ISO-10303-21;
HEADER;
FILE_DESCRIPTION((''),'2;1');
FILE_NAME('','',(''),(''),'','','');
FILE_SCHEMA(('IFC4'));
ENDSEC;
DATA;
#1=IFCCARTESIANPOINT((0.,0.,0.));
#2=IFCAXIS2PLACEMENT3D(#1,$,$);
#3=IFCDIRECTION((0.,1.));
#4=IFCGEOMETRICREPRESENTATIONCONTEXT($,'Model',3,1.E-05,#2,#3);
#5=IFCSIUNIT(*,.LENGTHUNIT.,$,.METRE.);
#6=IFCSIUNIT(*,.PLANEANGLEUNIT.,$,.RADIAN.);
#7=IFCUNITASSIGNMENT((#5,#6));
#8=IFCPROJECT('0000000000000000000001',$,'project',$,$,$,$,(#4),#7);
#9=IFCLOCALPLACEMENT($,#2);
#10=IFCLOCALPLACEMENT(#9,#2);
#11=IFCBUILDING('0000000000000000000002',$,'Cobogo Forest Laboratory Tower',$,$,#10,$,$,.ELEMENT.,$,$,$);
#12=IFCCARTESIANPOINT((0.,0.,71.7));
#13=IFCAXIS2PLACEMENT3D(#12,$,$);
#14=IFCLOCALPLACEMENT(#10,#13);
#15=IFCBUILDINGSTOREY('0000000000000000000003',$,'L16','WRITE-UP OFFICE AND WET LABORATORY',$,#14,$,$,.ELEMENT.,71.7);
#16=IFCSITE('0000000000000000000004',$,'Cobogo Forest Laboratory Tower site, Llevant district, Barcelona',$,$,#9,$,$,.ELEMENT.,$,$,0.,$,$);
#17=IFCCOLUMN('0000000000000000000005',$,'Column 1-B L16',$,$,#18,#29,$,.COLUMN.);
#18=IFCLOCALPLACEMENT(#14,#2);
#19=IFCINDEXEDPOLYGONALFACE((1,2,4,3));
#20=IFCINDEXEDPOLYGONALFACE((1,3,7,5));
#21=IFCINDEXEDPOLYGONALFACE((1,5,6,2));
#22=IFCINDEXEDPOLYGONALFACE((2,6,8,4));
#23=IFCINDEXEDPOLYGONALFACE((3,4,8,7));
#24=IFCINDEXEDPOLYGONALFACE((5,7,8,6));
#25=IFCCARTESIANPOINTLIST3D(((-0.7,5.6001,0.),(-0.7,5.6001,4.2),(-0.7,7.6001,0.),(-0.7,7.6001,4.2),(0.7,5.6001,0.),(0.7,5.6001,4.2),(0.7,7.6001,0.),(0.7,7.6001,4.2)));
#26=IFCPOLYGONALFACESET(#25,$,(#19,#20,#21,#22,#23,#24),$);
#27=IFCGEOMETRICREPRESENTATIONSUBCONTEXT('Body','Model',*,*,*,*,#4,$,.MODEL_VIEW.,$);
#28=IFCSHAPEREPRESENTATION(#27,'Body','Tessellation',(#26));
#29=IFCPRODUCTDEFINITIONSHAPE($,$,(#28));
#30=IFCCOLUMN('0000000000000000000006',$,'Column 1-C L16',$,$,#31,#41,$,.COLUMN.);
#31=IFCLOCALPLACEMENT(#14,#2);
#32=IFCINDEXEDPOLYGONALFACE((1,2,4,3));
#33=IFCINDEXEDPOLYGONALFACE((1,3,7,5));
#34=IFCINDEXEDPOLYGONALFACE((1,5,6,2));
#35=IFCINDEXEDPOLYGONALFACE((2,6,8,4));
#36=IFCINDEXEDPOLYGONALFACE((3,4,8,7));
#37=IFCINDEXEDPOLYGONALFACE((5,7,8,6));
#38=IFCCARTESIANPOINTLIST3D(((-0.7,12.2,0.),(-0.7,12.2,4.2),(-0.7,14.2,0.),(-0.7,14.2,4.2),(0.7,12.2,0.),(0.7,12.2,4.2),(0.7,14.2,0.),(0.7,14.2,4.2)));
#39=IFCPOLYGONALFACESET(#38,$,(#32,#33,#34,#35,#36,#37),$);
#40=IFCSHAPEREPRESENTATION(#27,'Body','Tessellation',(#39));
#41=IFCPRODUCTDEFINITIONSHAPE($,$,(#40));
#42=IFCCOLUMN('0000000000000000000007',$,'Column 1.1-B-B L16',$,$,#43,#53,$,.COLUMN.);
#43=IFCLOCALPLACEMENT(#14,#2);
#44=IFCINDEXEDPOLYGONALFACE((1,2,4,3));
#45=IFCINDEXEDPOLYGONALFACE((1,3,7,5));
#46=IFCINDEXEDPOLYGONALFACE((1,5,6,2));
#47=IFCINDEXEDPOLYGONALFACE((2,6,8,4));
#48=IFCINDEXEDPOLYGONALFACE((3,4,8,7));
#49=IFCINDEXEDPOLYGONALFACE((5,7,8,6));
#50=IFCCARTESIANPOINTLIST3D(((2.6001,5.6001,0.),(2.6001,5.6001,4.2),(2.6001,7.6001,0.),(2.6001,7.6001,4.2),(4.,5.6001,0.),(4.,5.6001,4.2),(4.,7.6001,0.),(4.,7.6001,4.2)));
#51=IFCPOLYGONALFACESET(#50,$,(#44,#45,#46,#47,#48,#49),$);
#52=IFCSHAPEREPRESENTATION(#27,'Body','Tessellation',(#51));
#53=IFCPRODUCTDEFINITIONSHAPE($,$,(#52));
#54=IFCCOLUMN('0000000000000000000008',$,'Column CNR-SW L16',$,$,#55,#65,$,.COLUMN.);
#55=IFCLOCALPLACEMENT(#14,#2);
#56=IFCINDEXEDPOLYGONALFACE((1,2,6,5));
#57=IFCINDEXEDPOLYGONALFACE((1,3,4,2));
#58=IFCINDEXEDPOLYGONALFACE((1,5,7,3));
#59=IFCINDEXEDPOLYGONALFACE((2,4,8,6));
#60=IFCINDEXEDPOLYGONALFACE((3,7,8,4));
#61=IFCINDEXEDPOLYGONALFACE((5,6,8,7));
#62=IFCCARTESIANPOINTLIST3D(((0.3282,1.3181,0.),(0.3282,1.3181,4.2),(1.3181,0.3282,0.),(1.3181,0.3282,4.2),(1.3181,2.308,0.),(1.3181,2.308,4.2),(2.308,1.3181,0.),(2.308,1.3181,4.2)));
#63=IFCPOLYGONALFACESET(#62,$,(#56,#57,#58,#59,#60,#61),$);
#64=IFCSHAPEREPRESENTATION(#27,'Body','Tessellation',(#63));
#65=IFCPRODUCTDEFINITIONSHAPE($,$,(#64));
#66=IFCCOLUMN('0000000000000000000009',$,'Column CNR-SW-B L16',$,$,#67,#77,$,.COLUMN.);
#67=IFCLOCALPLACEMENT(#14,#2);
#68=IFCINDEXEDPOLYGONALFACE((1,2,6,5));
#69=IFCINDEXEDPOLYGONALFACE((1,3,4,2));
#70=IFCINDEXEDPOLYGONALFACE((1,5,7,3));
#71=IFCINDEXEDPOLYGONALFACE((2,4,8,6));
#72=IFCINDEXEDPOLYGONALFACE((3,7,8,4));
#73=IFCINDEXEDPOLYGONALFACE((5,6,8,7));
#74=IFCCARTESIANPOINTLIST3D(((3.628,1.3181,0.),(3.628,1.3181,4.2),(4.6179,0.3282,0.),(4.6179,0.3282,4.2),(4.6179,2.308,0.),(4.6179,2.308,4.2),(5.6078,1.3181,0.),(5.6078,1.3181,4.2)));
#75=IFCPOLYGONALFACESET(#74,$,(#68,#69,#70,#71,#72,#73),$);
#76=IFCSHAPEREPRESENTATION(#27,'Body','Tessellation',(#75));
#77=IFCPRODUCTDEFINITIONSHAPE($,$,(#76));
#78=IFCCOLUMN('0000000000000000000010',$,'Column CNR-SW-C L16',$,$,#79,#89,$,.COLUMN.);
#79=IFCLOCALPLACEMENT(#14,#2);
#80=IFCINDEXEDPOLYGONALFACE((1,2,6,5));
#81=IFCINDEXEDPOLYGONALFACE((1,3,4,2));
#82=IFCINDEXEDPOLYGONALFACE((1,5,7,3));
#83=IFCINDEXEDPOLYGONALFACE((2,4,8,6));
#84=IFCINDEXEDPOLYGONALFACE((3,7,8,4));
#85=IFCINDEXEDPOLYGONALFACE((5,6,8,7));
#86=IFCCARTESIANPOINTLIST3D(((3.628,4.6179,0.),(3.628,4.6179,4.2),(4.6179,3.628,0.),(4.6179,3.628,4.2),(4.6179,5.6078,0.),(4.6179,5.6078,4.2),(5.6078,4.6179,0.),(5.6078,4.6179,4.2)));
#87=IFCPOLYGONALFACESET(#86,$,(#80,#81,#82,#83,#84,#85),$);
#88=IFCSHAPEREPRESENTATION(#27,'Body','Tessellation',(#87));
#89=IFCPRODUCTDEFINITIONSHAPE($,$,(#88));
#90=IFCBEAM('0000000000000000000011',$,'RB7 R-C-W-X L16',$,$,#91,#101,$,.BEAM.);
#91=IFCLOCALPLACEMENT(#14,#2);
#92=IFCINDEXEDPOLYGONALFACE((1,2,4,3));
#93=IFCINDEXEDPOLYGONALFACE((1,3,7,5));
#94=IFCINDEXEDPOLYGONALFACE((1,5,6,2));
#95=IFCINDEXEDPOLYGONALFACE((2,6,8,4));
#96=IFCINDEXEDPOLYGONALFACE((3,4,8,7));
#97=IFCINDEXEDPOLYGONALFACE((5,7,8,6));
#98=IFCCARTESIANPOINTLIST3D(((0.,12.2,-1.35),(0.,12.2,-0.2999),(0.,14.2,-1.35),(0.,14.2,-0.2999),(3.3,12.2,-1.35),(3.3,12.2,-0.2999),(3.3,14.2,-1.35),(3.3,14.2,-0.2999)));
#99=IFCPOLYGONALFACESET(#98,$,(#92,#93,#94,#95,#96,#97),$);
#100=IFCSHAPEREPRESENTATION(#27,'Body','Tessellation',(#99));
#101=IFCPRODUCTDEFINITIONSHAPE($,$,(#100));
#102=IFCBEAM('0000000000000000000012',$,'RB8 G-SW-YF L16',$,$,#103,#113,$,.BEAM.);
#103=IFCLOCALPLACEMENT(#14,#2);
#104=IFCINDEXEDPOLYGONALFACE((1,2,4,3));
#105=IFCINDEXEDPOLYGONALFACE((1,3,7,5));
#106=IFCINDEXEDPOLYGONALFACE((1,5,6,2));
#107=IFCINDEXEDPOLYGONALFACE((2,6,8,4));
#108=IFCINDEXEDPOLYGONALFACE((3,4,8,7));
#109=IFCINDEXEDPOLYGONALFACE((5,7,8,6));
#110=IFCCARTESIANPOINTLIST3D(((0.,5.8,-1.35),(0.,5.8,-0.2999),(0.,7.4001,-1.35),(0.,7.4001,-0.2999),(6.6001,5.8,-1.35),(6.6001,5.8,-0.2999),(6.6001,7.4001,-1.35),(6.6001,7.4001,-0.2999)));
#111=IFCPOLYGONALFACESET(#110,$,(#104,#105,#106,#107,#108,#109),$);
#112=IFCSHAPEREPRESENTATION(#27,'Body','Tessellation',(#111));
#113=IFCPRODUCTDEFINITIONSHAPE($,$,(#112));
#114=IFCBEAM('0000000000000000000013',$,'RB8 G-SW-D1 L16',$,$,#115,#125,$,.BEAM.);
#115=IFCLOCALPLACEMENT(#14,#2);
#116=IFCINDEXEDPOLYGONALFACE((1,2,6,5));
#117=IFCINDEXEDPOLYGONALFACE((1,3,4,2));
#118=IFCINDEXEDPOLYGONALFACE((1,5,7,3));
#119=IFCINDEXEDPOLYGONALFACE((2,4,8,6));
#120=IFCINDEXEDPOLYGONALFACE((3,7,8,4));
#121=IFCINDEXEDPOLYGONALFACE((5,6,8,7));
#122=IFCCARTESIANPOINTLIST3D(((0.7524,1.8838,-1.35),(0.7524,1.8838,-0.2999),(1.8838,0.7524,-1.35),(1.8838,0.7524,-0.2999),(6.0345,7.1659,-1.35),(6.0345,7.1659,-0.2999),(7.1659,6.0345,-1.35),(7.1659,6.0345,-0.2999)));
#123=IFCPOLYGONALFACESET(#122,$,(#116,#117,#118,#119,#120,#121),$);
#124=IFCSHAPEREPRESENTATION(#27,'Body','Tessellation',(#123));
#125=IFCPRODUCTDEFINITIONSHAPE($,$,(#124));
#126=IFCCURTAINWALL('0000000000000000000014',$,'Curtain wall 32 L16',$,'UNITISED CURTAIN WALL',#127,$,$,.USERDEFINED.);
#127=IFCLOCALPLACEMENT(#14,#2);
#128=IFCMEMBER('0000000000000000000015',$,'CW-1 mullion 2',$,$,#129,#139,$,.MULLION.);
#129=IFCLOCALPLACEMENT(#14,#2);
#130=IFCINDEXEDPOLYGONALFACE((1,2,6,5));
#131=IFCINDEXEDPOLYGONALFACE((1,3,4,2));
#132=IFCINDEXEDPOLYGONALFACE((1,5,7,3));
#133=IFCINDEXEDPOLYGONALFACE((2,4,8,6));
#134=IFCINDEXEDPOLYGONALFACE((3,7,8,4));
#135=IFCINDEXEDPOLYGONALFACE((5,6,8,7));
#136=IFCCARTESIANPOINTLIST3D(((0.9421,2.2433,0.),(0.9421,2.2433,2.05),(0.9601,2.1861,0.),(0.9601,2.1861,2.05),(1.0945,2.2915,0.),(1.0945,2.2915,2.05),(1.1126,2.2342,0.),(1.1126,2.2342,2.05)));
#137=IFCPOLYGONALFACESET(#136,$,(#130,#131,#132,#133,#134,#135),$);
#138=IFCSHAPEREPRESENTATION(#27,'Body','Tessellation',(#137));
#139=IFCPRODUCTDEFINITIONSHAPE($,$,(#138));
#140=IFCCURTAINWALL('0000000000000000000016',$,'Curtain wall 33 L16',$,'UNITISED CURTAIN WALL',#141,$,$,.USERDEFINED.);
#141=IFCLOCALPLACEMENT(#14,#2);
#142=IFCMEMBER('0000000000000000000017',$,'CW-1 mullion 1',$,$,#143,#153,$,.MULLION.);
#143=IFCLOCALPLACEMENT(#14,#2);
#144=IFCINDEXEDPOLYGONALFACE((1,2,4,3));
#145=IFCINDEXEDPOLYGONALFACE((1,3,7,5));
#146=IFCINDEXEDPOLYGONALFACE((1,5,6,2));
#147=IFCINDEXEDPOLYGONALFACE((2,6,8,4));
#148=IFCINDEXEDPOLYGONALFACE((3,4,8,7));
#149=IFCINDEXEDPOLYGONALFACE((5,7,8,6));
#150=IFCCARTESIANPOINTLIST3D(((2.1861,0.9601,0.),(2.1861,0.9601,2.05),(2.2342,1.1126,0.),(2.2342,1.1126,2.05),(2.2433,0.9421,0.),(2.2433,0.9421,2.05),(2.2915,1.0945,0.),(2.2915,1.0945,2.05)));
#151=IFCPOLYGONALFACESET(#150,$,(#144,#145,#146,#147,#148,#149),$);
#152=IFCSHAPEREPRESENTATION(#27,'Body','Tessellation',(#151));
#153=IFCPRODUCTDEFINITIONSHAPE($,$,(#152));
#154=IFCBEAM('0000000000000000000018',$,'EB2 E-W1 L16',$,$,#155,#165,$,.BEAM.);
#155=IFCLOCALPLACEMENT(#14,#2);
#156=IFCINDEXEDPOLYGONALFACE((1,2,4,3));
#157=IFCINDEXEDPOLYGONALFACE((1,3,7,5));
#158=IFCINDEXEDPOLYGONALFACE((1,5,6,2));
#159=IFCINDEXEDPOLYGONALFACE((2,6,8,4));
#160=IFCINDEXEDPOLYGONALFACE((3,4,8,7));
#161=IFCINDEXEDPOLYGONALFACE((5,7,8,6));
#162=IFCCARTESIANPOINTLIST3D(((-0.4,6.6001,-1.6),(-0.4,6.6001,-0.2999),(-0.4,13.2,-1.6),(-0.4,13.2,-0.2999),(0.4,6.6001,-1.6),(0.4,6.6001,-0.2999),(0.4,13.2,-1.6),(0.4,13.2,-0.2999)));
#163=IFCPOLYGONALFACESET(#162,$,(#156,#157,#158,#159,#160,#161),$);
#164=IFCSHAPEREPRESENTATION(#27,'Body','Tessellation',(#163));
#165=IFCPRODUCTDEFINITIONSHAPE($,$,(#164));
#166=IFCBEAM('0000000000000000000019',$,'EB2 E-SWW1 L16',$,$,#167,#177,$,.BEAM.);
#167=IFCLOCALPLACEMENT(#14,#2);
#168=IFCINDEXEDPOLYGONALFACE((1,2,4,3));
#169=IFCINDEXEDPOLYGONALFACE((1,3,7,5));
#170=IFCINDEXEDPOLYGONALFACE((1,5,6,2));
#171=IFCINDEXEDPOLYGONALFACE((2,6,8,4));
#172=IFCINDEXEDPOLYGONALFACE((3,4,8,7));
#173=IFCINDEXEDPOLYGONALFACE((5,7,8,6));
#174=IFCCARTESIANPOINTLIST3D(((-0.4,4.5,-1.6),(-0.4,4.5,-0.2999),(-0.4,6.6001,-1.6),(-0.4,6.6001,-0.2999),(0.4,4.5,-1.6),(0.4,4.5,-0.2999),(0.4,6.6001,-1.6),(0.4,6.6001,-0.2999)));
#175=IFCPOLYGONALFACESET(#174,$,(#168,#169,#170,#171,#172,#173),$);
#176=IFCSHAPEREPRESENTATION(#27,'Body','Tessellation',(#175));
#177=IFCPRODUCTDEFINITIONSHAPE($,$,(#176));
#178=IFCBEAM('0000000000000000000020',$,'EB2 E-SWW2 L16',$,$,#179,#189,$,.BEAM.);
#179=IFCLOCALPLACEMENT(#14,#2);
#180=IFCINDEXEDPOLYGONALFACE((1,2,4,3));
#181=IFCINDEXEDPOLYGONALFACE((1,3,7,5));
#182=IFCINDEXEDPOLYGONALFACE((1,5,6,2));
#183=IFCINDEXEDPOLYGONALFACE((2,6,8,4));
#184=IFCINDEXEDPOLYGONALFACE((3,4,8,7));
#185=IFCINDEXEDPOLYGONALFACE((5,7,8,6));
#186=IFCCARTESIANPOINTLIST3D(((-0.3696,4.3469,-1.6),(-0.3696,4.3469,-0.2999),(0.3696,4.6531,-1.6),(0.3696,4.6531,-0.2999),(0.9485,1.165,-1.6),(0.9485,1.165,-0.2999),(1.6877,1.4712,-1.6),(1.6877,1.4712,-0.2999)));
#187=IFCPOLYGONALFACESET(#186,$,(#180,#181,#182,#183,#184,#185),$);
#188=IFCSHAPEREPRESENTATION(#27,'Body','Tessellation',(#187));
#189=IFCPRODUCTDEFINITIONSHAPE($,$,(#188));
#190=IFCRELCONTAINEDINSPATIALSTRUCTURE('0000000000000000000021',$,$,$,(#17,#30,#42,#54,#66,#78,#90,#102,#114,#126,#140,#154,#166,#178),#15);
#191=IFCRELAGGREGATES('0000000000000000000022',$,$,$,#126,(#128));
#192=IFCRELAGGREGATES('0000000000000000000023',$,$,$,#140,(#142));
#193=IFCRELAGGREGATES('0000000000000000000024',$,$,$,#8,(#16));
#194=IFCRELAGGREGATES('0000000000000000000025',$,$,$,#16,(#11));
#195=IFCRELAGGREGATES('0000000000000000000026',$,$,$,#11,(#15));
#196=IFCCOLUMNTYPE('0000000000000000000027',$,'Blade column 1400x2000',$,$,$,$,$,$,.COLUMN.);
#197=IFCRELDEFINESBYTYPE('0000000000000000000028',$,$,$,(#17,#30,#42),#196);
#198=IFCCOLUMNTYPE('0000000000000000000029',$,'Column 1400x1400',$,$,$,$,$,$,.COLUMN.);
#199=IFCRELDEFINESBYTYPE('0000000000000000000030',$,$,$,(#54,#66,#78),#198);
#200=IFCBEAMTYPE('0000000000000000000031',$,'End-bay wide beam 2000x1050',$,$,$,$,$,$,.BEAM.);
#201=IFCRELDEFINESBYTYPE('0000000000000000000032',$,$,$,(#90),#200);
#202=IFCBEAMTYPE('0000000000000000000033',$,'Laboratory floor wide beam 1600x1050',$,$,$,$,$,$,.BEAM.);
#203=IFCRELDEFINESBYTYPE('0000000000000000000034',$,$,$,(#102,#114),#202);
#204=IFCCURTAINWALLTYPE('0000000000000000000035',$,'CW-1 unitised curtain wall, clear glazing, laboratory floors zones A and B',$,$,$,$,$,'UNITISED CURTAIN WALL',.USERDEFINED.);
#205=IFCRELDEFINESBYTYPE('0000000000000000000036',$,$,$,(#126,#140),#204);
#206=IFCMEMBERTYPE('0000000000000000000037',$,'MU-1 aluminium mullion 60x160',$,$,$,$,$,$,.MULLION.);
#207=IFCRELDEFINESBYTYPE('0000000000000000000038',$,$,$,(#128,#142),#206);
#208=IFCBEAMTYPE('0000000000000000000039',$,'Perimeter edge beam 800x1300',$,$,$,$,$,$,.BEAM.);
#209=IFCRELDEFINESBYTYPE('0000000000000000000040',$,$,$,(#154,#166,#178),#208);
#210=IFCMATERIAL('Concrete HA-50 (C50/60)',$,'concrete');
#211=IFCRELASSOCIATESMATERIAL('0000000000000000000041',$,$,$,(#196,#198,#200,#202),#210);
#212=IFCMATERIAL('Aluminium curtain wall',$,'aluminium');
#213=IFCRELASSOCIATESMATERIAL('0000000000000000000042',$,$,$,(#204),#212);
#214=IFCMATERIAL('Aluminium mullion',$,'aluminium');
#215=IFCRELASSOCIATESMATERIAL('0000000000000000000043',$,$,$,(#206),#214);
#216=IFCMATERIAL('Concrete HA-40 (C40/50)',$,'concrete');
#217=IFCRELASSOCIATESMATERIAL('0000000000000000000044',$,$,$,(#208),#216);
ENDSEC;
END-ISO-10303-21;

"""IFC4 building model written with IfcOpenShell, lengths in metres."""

from ifc_helpers import new_model, si_unit, direction, frame, origin, origin_2d, place, context, subcontext, project, spatial, rectangle, extrude, material, material_profile, profile_set, type_object, element, aggregate, save


model = new_model("IFC4")

# Units and contexts
model_context = context("Model", 3, precision=1e-05, world=origin(), true_north=direction((0.0, 1.0)))
body_context = subcontext(model_context, "Body", "Model", "MODEL_VIEW")
ifc_project = project(units=[si_unit("LENGTHUNIT", "METRE"), si_unit("PLANEANGLEUNIT", "RADIAN")], contexts=[model_context])

# Site, building, storey
site_placement = place(None, origin())
site = spatial("IfcSite", under=ifc_project, at=site_placement, Name="Cobogo Forest Laboratory Tower site, Llevant district, Barcelona", CompositionType="ELEMENT", RefElevation=0.0)
building_placement = place(site_placement, origin())
building = spatial("IfcBuilding", under=site, at=building_placement, Name="Cobogo Forest Laboratory Tower", CompositionType="ELEMENT")
storey_placement = place(building_placement, frame((0.0, 0.0, 71.7)))
storey = spatial("IfcBuildingStorey", under=building, at=storey_placement, Name="L16", Description="WRITE-UP OFFICE AND WET LABORATORY", CompositionType="ELEMENT", Elevation=71.7)

# Columns
ifc_material_1 = material(Name="Concrete HA-50 (C50/60)", Category="concrete")
ifc_material_profile_1 = material_profile(ifc_material_1, rectangle(XDim=2.0, YDim=1.3999, at=origin_2d()), Name="RC 1400x2000")
ifc_profile_set_1 = profile_set([ifc_material_profile_1], Name="Concrete HA-50 (C50/60)")
column_type_1 = type_object("IfcColumnType", Name="Blade column 1400x2000", PredefinedType="COLUMN", material=ifc_profile_set_1)
for number, where, z_axis, x_axis, name in (
    (1, (0.0, 6.6001, 0.0), (0.0, 0.0, 1.0), (0.0, 1.0, 0.0), "Column 1-B L16"),
    (2, (0.0, 13.2, 0.0), (0.0, 0.0, 1.0), (0.0, 1.0, 0.0), "Column 1-C L16"),
    (3, (3.3, 6.6001, 0.0), (0.0, 0.0, 1.0), (0.0, 1.0, 0.0), "Column 1.1-B-B L16"),
):
    element("IfcColumn", number, at=place(storey_placement, frame(where, z_axis=z_axis, x_axis=x_axis)), inside=storey, type_object=column_type_1, Name=name, PredefinedType="COLUMN", context=body_context, shape_type="SweptSolid", body=[
        extrude(rectangle(XDim=2.0, YDim=1.3999, at=origin_2d()), origin(), (0.0, 0.0, 1.0), 4.2),
    ])
ifc_material_profile_2 = material_profile(ifc_material_1, rectangle(XDim=1.3999, YDim=1.3999, at=origin_2d()), Name="RC 1400x1400")
ifc_profile_set_2 = profile_set([ifc_material_profile_2], Name="Concrete HA-50 (C50/60)")
column_type_2 = type_object("IfcColumnType", Name="Column 1400x1400", PredefinedType="COLUMN", material=ifc_profile_set_2)
for number, where, z_axis, x_axis, name in (
    (4, (1.3181, 1.3181, 0.0), (0.0, 0.0, 1.0), (0.707107, 0.707107, 0.0), "Column CNR-SW L16"),
    (5, (4.6179, 1.3181, 0.0), (0.0, 0.0, 1.0), (0.707107, 0.707107, 0.0), "Column CNR-SW-B L16"),
    (6, (4.6179, 4.6179, 0.0), (0.0, 0.0, 1.0), (0.707107, 0.707107, 0.0), "Column CNR-SW-C L16"),
):
    element("IfcColumn", number, at=place(storey_placement, frame(where, z_axis=z_axis, x_axis=x_axis)), inside=storey, type_object=column_type_2, Name=name, PredefinedType="COLUMN", context=body_context, shape_type="SweptSolid", body=[
        extrude(rectangle(XDim=1.3999, YDim=1.3999, at=origin_2d()), origin(), (0.0, 0.0, 1.0), 4.2),
    ])

# Beams
ifc_material_profile_3 = material_profile(ifc_material_1, rectangle(XDim=2.0, YDim=1.05, at=origin_2d()), Name="RC 2000x1050")
ifc_profile_set_3 = profile_set([ifc_material_profile_3], Name="Concrete HA-50 (C50/60)")
beam_type_1 = type_object("IfcBeamType", Name="End-bay wide beam 2000x1050", PredefinedType="BEAM", material=ifc_profile_set_3)
beam_1_placement = place(storey_placement, frame((0.0, 13.2, -0.825), z_axis=(1.0, 0.0, 0.0), x_axis=(0.0, 1.0, 0.0)))
element("IfcBeam", 7, at=beam_1_placement, inside=storey, type_object=beam_type_1, Name="RB7 R-C-W-X L16", PredefinedType="BEAM", context=body_context, shape_type="SweptSolid", body=[
    extrude(rectangle(XDim=2.0, YDim=1.05, at=origin_2d()), origin(), (0.0, 0.0, 1.0), 3.3),
])
ifc_material_profile_4 = material_profile(ifc_material_1, rectangle(XDim=1.6001, YDim=1.05, at=origin_2d()), Name="RC 1600x1050")
ifc_profile_set_4 = profile_set([ifc_material_profile_4], Name="Concrete HA-50 (C50/60)")
beam_type_2 = type_object("IfcBeamType", Name="Laboratory floor wide beam 1600x1050", PredefinedType="BEAM", material=ifc_profile_set_4)
beam_2_placement = place(storey_placement, frame((0.0, 6.6001, -0.825), z_axis=(1.0, 0.0, 0.0), x_axis=(0.0, 1.0, 0.0)))
element("IfcBeam", 8, at=beam_2_placement, inside=storey, type_object=beam_type_2, Name="RB8 G-SW-YF L16", PredefinedType="BEAM", context=body_context, shape_type="SweptSolid", body=[
    extrude(rectangle(XDim=1.6001, YDim=1.05, at=origin_2d()), origin(), (0.0, 0.0, 1.0), 6.6001),
])
beam_3_placement = place(storey_placement, frame((1.3181, 1.3181, -0.825), z_axis=(0.707107, 0.707107, 0.0), x_axis=(-0.707107, 0.707107, 0.0)))
element("IfcBeam", 9, at=beam_3_placement, inside=storey, type_object=beam_type_2, Name="RB8 G-SW-D1 L16", PredefinedType="BEAM", context=body_context, shape_type="SweptSolid", body=[
    extrude(rectangle(XDim=1.6001, YDim=1.05, at=origin_2d()), origin(), (0.0, 0.0, 1.0), 7.47),
])

# Curtain walls, members
ifc_material_2 = material(Name="Aluminium curtain wall", Category="aluminium")
curtain_wall_type = type_object("IfcCurtainWallType", Name="CW-1 unitised curtain wall, clear glazing, laboratory floors zones A and B", ElementType="UNITISED CURTAIN WALL", PredefinedType="USERDEFINED", material=ifc_material_2)
curtain_wall_1_placement = place(storey_placement, origin())
curtain_wall_1 = element("IfcCurtainWall", 10, at=curtain_wall_1_placement, inside=storey, type_object=curtain_wall_type, Name="Curtain wall 32 L16", ObjectType="UNITISED CURTAIN WALL", PredefinedType="USERDEFINED")
ifc_material_3 = material(Name="Aluminium mullion", Category="aluminium")
ifc_material_profile_5 = material_profile(ifc_material_3, rectangle(XDim=0.0601, YDim=0.1599, at=origin_2d()), Name="AL 60x160")
ifc_profile_set_5 = profile_set([ifc_material_profile_5], Name="Aluminium mullion")
member_type_1 = type_object("IfcMemberType", Name="MU-1 aluminium mullion 60x160", PredefinedType="MULLION", material=ifc_profile_set_5)
member_1_placement = place(storey_placement, frame((1.0273, 2.2388, 0.0), z_axis=(0.0, 0.0, 1.0), x_axis=(0.301135, -0.953581, 0.0)))
member_1 = element("IfcMember", 11, at=member_1_placement, type_object=member_type_1, Name="CW-1 mullion 2", PredefinedType="MULLION", context=body_context, shape_type="SweptSolid", body=[
    extrude(rectangle(XDim=0.0601, YDim=0.1599, at=origin_2d()), origin(), (0.0, 0.0, 1.0), 2.05),
])
curtain_wall_2_placement = place(storey_placement, origin())
curtain_wall_2 = element("IfcCurtainWall", 12, at=curtain_wall_2_placement, inside=storey, type_object=curtain_wall_type, Name="Curtain wall 33 L16", ObjectType="UNITISED CURTAIN WALL", PredefinedType="USERDEFINED")
member_2_placement = place(storey_placement, frame((2.2388, 1.0273, 0.0), z_axis=(0.0, 0.0, 1.0), x_axis=(0.953581, -0.301135, 0.0)))
member_2 = element("IfcMember", 13, at=member_2_placement, type_object=member_type_1, Name="CW-1 mullion 1", PredefinedType="MULLION", context=body_context, shape_type="SweptSolid", body=[
    extrude(rectangle(XDim=0.0601, YDim=0.1599, at=origin_2d()), origin(), (0.0, 0.0, 1.0), 2.05),
])

# Beams
ifc_material_4 = material(Name="Concrete HA-40 (C40/50)", Category="concrete")
ifc_material_profile_6 = material_profile(ifc_material_4, rectangle(XDim=0.8, YDim=1.3, at=origin_2d()), Name="RC 800x1300")
ifc_profile_set_6 = profile_set([ifc_material_profile_6], Name="Concrete HA-40 (C40/50)")
beam_type_3 = type_object("IfcBeamType", Name="Perimeter edge beam 800x1300", PredefinedType="BEAM", material=ifc_profile_set_6)
beam_4_placement = place(storey_placement, frame((0.0, 6.6001, -0.95), z_axis=(0.0, 1.0, 0.0), x_axis=(-1.0, 0.0, 0.0)))
element("IfcBeam", 14, at=beam_4_placement, inside=storey, type_object=beam_type_3, Name="EB2 E-W1 L16", PredefinedType="BEAM", context=body_context, shape_type="SweptSolid", body=[
    extrude(rectangle(XDim=0.8, YDim=1.3, at=origin_2d()), origin(), (0.0, 0.0, 1.0), 6.5999),
])
beam_5_placement = place(storey_placement, frame((0.0, 6.6001, -0.95), z_axis=(0.0, -1.0, 0.0), x_axis=(1.0, 0.0, 0.0)))
element("IfcBeam", 15, at=beam_5_placement, inside=storey, type_object=beam_type_3, Name="EB2 E-SWW1 L16", PredefinedType="BEAM", context=body_context, shape_type="SweptSolid", body=[
    extrude(rectangle(XDim=0.8, YDim=1.3, at=origin_2d()), origin(), (0.0, 0.0, 1.0), 2.1001),
])
beam_6_placement = place(storey_placement, frame((0.0, 4.5, -0.95), z_axis=(0.382717, -0.923866, 0.0), x_axis=(0.923866, 0.382717, 0.0)))
element("IfcBeam", 16, at=beam_6_placement, inside=storey, type_object=beam_type_3, Name="EB2 E-SWW2 L16", PredefinedType="BEAM", context=body_context, shape_type="SweptSolid", body=[
    extrude(rectangle(XDim=0.8, YDim=1.3, at=origin_2d()), origin(), (0.0, 0.0, 1.0), 3.4441),
])

aggregate(curtain_wall_1, [member_1])
aggregate(curtain_wall_2, [member_2])

save(model, "model.ifc")
